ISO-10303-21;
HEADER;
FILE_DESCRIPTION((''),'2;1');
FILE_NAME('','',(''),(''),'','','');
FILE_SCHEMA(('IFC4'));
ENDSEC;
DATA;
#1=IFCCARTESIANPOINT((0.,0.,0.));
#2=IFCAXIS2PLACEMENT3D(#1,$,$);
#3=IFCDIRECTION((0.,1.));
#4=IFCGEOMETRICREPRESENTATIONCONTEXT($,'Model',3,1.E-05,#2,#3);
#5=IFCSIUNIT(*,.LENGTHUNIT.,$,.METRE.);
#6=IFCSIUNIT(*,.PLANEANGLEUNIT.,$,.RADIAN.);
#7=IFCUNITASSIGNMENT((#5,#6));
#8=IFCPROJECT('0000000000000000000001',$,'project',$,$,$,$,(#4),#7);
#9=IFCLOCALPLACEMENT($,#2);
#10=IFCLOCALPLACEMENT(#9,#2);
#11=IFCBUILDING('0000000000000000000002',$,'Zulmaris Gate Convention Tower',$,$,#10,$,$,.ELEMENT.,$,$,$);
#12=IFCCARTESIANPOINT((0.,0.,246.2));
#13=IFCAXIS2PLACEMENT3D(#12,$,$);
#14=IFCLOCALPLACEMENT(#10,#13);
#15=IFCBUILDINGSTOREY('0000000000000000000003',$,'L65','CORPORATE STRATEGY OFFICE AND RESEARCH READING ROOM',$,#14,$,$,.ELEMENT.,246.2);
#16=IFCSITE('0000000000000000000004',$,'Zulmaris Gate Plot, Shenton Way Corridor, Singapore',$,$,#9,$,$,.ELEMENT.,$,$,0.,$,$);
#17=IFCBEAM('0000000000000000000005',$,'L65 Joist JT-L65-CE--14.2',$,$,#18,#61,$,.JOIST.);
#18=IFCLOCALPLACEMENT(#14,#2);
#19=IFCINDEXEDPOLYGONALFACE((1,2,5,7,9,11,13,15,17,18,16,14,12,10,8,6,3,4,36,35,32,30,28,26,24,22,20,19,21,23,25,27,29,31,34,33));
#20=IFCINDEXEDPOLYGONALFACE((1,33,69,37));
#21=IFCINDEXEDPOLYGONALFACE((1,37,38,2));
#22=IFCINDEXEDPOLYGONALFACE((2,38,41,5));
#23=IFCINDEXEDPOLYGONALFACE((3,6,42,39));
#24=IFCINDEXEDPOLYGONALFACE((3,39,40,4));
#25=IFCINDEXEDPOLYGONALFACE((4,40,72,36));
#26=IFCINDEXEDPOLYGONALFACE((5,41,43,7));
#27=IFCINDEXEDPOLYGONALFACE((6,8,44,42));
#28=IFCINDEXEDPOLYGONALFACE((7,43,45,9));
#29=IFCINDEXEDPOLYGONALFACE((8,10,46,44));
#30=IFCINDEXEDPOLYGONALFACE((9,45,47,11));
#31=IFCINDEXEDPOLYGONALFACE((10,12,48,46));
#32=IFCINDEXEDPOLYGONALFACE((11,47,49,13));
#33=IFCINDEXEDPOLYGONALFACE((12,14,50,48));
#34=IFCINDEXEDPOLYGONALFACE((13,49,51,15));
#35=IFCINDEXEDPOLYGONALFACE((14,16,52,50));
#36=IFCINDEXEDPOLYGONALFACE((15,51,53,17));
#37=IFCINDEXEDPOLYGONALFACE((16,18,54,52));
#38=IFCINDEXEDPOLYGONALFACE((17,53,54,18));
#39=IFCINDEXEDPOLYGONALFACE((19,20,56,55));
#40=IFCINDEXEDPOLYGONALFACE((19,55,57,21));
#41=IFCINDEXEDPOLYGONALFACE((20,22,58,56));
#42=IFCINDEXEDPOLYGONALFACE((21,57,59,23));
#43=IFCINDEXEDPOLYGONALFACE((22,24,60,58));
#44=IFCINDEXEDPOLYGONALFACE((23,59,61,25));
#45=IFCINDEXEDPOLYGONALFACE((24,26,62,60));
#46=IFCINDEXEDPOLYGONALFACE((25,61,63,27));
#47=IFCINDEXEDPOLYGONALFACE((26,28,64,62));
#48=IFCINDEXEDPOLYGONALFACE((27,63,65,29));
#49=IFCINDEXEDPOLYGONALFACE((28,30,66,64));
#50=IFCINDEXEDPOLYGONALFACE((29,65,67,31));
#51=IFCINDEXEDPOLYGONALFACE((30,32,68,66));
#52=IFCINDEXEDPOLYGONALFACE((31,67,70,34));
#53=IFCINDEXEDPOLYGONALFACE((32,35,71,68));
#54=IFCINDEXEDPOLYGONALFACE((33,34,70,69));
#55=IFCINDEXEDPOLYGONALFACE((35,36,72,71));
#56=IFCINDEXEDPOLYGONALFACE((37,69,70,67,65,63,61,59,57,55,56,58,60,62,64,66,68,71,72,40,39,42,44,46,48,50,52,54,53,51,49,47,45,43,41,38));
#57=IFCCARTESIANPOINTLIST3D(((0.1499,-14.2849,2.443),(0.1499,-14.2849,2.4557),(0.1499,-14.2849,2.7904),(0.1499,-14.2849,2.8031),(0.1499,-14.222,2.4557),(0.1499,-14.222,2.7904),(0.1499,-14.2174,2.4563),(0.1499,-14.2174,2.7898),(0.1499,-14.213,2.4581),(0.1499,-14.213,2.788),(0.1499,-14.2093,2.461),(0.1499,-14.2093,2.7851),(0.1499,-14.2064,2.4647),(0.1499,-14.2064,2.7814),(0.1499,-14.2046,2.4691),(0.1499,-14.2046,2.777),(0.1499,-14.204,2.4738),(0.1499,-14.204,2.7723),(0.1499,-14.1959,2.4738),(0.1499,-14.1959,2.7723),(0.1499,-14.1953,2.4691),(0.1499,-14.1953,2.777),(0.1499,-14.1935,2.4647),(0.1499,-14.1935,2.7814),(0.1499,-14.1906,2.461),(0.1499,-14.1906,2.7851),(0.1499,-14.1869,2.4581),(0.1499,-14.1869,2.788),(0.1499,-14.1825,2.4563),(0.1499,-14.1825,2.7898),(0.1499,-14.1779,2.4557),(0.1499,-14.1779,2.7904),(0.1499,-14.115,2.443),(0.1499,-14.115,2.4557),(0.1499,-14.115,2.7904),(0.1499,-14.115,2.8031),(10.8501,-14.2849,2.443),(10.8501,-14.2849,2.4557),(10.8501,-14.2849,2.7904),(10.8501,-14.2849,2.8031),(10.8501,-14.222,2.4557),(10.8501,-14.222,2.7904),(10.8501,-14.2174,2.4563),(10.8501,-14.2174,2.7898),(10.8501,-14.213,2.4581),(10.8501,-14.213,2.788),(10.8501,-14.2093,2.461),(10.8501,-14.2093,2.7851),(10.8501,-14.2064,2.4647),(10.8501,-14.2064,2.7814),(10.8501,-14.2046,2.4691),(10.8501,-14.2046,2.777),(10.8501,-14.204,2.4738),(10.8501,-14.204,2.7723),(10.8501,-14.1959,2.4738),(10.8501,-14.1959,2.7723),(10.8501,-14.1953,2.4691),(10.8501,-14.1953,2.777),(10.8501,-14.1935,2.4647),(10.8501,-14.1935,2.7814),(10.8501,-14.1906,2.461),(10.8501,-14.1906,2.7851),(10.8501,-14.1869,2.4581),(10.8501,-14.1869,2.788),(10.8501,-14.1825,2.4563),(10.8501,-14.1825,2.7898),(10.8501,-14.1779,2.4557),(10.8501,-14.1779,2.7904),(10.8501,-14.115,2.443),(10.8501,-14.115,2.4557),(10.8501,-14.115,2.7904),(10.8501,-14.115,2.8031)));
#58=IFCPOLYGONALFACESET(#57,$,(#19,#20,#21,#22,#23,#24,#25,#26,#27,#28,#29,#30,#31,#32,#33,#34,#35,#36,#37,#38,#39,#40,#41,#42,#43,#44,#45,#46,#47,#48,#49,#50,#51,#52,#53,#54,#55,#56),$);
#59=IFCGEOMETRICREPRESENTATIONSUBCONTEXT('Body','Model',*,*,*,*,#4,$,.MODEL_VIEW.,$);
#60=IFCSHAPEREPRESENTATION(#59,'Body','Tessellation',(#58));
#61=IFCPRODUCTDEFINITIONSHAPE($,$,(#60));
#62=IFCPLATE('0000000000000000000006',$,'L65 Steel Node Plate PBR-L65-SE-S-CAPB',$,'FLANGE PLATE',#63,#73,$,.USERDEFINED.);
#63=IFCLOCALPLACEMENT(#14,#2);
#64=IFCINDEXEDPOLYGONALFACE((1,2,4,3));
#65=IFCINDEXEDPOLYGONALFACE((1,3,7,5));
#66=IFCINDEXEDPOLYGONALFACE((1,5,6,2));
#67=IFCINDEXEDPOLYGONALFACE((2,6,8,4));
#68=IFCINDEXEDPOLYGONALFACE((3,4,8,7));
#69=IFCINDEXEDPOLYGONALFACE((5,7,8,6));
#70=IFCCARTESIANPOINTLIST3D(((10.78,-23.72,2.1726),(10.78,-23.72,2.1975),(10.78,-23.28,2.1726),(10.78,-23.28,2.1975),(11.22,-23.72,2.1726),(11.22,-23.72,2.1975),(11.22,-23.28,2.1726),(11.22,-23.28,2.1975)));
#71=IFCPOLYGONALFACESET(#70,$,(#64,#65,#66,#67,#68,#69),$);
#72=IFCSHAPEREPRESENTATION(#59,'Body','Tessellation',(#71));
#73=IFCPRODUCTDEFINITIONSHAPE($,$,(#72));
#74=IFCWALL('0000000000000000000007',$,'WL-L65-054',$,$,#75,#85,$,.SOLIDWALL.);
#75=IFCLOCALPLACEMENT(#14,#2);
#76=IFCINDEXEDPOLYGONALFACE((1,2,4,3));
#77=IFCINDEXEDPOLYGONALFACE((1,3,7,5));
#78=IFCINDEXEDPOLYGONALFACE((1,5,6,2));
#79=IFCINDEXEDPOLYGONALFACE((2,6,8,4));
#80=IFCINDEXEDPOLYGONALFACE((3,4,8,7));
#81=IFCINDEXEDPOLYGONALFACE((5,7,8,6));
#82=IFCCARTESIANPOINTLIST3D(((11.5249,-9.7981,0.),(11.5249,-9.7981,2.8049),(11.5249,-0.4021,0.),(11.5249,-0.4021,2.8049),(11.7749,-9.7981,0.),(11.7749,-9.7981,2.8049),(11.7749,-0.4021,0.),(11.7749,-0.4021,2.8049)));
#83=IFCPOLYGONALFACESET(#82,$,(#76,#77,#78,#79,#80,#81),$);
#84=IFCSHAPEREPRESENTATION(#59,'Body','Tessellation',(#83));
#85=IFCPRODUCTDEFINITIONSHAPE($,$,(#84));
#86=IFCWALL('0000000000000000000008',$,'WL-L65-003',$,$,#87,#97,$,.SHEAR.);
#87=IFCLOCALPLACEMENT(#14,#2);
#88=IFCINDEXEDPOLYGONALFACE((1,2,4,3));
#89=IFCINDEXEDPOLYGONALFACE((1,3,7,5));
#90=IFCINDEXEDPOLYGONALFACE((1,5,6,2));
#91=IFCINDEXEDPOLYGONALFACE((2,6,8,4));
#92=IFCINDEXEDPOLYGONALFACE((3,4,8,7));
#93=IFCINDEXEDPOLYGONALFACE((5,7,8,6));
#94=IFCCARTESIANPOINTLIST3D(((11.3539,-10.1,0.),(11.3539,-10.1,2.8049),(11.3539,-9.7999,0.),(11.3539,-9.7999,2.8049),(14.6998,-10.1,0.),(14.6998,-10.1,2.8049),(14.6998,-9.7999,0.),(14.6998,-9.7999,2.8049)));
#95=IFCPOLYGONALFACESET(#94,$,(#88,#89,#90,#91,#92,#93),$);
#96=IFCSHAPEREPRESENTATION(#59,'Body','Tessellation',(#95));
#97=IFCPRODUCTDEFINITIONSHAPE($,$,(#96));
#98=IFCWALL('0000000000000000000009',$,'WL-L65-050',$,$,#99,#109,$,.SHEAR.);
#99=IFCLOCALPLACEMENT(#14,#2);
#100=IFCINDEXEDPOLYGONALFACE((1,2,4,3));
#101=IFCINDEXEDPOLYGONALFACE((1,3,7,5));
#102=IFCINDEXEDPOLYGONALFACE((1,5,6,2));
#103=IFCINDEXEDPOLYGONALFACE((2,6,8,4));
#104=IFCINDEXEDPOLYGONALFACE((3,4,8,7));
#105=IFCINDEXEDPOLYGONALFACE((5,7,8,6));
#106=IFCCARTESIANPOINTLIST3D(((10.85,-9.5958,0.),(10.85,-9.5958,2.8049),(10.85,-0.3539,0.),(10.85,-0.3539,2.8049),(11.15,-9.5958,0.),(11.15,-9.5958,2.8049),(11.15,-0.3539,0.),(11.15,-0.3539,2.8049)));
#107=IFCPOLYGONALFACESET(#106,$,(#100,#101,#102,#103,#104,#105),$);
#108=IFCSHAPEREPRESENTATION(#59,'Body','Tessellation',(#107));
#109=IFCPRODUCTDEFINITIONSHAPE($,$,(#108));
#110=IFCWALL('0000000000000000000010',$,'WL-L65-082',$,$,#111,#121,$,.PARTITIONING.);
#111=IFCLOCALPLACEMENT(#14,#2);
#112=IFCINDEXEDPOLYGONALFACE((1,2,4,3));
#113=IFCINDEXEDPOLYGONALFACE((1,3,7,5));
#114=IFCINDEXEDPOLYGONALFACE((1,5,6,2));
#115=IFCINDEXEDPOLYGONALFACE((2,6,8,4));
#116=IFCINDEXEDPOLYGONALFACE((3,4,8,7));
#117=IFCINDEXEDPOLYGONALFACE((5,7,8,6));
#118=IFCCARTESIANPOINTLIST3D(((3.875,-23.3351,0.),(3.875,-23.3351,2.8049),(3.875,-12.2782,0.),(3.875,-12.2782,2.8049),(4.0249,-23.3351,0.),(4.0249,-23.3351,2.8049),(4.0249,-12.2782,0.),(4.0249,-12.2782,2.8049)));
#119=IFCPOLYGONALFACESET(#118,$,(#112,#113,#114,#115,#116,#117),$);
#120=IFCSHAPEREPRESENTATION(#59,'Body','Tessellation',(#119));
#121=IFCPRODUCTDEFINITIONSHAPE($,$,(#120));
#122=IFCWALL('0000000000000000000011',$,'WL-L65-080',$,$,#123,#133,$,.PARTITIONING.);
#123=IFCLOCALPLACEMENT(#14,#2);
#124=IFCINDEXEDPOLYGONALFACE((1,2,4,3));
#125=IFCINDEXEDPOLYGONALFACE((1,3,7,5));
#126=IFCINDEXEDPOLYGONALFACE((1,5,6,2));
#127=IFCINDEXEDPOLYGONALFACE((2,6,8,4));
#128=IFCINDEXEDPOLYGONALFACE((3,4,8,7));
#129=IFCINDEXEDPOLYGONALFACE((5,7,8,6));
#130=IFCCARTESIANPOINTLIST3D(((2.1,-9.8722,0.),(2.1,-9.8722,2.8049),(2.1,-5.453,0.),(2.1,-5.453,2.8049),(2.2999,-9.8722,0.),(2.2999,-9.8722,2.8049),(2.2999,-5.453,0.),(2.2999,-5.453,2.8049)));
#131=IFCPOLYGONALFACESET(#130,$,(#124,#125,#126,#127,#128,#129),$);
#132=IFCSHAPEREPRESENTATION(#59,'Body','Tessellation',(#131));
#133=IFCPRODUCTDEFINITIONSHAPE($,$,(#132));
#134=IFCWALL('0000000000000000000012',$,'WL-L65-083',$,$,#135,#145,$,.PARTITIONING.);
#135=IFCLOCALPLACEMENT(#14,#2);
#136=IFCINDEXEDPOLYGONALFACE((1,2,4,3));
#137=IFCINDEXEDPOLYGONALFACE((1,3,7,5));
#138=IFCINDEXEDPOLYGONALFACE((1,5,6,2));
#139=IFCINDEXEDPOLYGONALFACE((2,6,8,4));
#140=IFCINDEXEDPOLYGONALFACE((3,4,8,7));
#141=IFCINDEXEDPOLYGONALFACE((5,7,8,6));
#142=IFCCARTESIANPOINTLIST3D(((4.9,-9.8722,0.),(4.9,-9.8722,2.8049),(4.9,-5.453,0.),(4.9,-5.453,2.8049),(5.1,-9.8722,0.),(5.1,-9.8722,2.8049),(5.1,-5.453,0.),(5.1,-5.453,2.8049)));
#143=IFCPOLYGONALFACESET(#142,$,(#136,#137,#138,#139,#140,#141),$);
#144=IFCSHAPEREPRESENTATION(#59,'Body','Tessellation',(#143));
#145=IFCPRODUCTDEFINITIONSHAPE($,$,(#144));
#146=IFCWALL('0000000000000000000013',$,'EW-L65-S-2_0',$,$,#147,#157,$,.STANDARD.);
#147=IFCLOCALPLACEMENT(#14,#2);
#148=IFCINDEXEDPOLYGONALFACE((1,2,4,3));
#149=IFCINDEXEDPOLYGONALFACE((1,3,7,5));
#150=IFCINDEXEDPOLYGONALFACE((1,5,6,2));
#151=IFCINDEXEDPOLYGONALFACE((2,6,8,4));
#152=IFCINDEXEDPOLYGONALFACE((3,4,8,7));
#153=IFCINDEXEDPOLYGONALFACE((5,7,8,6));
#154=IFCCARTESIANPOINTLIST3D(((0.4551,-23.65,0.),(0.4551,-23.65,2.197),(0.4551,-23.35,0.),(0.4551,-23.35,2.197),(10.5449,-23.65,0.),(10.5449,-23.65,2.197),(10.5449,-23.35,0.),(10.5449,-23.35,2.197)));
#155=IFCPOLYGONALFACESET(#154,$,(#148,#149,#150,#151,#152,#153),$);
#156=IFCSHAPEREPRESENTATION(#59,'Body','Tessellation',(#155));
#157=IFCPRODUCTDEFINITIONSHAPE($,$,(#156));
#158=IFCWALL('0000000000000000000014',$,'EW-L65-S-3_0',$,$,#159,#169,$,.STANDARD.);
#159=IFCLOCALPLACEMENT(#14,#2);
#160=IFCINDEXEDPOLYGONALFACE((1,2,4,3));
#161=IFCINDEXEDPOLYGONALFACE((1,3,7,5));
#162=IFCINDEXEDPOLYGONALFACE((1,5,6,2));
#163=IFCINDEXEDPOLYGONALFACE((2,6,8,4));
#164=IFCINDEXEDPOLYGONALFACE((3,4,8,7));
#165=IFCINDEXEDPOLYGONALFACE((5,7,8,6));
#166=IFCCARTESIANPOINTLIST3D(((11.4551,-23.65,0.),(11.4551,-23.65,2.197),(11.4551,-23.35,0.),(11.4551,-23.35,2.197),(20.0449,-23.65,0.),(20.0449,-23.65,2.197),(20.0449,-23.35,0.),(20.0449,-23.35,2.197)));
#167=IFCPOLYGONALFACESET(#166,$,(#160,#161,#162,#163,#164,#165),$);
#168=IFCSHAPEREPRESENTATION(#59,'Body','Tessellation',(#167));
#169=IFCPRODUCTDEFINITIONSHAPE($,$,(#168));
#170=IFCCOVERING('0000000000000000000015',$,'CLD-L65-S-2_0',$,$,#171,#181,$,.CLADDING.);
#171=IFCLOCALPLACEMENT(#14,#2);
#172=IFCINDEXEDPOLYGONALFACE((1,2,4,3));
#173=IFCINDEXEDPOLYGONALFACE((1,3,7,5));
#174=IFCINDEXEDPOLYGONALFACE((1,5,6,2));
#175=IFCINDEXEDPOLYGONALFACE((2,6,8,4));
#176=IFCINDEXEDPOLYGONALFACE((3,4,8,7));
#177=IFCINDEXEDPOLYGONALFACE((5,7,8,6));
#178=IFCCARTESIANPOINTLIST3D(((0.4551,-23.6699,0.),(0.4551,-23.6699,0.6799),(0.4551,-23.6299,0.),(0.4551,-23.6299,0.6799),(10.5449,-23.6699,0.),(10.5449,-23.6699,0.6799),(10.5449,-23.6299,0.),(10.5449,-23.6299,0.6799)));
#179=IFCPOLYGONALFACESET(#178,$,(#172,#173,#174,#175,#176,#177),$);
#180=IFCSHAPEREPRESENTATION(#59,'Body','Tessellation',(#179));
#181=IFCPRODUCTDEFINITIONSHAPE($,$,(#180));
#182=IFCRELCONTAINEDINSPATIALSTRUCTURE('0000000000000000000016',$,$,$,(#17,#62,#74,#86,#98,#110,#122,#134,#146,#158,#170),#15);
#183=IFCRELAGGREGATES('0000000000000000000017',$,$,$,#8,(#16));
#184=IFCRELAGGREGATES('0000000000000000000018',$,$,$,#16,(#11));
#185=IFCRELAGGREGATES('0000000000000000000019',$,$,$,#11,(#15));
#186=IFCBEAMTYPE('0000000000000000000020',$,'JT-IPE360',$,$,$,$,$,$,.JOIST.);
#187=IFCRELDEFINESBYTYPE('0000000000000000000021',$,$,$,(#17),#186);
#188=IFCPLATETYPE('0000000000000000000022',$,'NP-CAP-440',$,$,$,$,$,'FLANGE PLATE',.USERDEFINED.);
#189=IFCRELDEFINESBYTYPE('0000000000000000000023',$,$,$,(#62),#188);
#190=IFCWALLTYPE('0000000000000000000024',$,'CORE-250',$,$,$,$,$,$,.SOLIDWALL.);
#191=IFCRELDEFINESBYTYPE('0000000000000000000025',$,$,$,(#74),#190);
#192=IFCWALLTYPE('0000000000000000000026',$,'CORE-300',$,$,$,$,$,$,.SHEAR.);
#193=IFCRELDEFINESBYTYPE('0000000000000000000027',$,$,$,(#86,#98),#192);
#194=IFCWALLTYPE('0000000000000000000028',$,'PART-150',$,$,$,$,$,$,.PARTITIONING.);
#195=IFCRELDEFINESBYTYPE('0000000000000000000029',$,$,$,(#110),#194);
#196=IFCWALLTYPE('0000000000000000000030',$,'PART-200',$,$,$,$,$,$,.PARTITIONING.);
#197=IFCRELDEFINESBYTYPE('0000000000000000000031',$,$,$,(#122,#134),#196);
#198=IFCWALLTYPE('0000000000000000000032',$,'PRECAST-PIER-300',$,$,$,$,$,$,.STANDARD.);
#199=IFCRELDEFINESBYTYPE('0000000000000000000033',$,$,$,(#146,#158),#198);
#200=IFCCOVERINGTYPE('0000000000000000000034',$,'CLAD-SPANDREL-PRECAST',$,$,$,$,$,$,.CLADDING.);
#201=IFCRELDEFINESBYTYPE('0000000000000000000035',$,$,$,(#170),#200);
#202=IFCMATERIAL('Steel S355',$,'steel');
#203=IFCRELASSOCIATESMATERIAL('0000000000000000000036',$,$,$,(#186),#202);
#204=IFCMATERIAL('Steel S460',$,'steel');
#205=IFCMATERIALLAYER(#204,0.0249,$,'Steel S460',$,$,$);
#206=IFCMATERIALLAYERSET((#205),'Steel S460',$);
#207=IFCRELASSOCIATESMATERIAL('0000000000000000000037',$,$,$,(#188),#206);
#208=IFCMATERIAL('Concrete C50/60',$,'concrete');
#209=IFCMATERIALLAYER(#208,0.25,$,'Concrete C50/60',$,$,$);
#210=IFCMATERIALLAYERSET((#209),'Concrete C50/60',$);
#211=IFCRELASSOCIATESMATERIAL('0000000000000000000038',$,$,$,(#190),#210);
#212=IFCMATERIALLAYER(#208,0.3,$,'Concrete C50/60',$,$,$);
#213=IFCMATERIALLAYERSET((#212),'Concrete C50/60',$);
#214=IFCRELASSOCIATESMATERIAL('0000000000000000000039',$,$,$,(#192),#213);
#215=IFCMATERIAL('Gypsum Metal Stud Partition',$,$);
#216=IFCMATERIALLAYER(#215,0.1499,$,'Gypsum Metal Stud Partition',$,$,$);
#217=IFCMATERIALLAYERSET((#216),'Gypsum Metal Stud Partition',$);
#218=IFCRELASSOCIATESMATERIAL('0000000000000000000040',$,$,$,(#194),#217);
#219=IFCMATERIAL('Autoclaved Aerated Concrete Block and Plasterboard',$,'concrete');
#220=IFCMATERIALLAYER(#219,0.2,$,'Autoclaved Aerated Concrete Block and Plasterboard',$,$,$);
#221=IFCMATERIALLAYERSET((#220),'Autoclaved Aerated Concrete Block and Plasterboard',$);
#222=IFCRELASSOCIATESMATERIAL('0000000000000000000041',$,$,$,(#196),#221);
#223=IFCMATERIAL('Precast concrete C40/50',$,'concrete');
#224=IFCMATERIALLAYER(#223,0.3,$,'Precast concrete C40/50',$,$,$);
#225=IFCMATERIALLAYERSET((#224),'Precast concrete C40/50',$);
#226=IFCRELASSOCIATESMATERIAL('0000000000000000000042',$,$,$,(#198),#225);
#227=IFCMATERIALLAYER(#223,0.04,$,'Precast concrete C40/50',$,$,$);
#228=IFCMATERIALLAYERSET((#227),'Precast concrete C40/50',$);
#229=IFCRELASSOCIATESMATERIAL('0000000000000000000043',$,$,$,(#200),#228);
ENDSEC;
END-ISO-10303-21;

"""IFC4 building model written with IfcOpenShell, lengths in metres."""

from ifc_helpers import new_model, si_unit, direction, frame, frame_2d, origin, origin_2d, place, context, subcontext, project, spatial, rectangle, i_section, extrude, material, layer, layer_set, material_profile, profile_set, type_object, element, save


model = new_model("IFC4")

# Units and contexts
model_context = context("Model", 3, precision=1e-05, world=origin(), true_north=direction((0.0, 1.0)))
body_context = subcontext(model_context, "Body", "Model", "MODEL_VIEW")
ifc_project = project(units=[si_unit("LENGTHUNIT", "METRE"), si_unit("PLANEANGLEUNIT", "RADIAN")], contexts=[model_context])

# Site, building, storey
site_placement = place(None, origin())
site = spatial("IfcSite", under=ifc_project, at=site_placement, Name="Zulmaris Gate Plot, Shenton Way Corridor, Singapore", CompositionType="ELEMENT", RefElevation=0.0)
building_placement = place(site_placement, origin())
building = spatial("IfcBuilding", under=site, at=building_placement, Name="Zulmaris Gate Convention Tower", CompositionType="ELEMENT")
storey_placement = place(building_placement, frame((0.0, 0.0, 246.2)))
storey = spatial("IfcBuildingStorey", under=building, at=storey_placement, Name="L65", Description="CORPORATE STRATEGY OFFICE AND RESEARCH READING ROOM", CompositionType="ELEMENT", Elevation=246.2)

# Shared definitions
ifc_material_1 = material(Name="Concrete C50/60", Category="concrete")

# Beam
ifc_material_2 = material(Name="Steel S355", Category="steel")
ifc_material_profile_1 = material_profile(ifc_material_2, i_section(OverallWidth=0.1699, OverallDepth=0.3601, WebThickness=0.0081, FlangeThickness=0.0127, FilletRadius=0.0181, at=origin_2d()), Name="IPE 360")
ifc_profile_set_1 = profile_set([ifc_material_profile_1], Name="Steel S355")
beam_type_1 = type_object("IfcBeamType", Name="JT-IPE360", PredefinedType="JOIST", material=ifc_profile_set_1)
for number, where, z_axis, x_axis, name in (
    (1, (0.1499, -14.2, 2.623), (1.0, 0.0, 0.0), (0.0, 1.0, 0.0), "L65 Joist JT-L65-CE--14.2"),
):
    element("IfcBeam", number, at=place(storey_placement, frame(where, z_axis=z_axis, x_axis=x_axis)), inside=storey, type_object=beam_type_1, Name=name, PredefinedType="JOIST", context=body_context, shape_type="SweptSolid", body=[
        extrude(i_section(OverallWidth=0.1699, OverallDepth=0.3601, WebThickness=0.0081, FlangeThickness=0.0127, FilletRadius=0.0181, at=origin_2d()), origin(), (0.0, 0.0, 1.0), 10.7002),
    ])

# Plate
ifc_material_3 = material(Name="Steel S460", Category="steel")
ifc_layer_1 = layer(ifc_material_3, 0.0249, Name="Steel S460")
ifc_layer_set_1 = layer_set([ifc_layer_1], Name="Steel S460")
plate_type = type_object("IfcPlateType", Name="NP-CAP-440", ElementType="FLANGE PLATE", PredefinedType="USERDEFINED", material=ifc_layer_set_1)
plate_placement = place(storey_placement, frame((11.0, -23.5, 2.1726), z_axis=(0.0, 0.0, 1.0), x_axis=(1.0, 0.0, 0.0)))
element("IfcPlate", 2, at=plate_placement, inside=storey, type_object=plate_type, Name="L65 Steel Node Plate PBR-L65-SE-S-CAPB", ObjectType="FLANGE PLATE", PredefinedType="USERDEFINED", context=body_context, shape_type="SweptSolid", body=[
    extrude(rectangle(XDim=0.4399, YDim=0.4399, at=origin_2d()), origin(), (0.0, 0.0, 1.0), 0.0249),
])

# Walls
ifc_layer_2 = layer(ifc_material_1, 0.25, Name="Concrete C50/60")
ifc_layer_set_2 = layer_set([ifc_layer_2], Name="Concrete C50/60")
wall_type_1 = type_object("IfcWallType", Name="CORE-250", PredefinedType="SOLIDWALL", material=ifc_layer_set_2)
wall_1_placement = place(storey_placement, frame((11.6499, -9.7981, 0.0), z_axis=(0.0, 0.0, 1.0), x_axis=(0.0, 1.0, 0.0)))
element("IfcWall", 3, at=wall_1_placement, inside=storey, type_object=wall_type_1, Name="WL-L65-054", PredefinedType="SOLIDWALL", context=body_context, shape_type="SweptSolid", body=[
    extrude(rectangle(XDim=9.396, YDim=0.25, at=frame_2d((4.698, 0.0))), origin(), (0.0, 0.0, 1.0), 2.8049),
])
ifc_layer_3 = layer(ifc_material_1, 0.3, Name="Concrete C50/60")
ifc_layer_set_3 = layer_set([ifc_layer_3], Name="Concrete C50/60")
wall_type_2 = type_object("IfcWallType", Name="CORE-300", PredefinedType="SHEAR", material=ifc_layer_set_3)
wall_2_placement = place(storey_placement, frame((11.354, -9.95, 0.0), z_axis=(0.0, 0.0, 1.0), x_axis=(1.0, 0.0, 0.0)))
element("IfcWall", 4, at=wall_2_placement, inside=storey, type_object=wall_type_2, Name="WL-L65-003", PredefinedType="SHEAR", context=body_context, shape_type="SweptSolid", body=[
    extrude(rectangle(XDim=3.3459, YDim=0.3, at=frame_2d((1.6729, 0.0))), origin(), (0.0, 0.0, 1.0), 2.8049),
])
wall_3_placement = place(storey_placement, frame((11.0, -9.5959, 0.0), z_axis=(0.0, 0.0, 1.0), x_axis=(0.0, 1.0, 0.0)))
element("IfcWall", 5, at=wall_3_placement, inside=storey, type_object=wall_type_2, Name="WL-L65-050", PredefinedType="SHEAR", context=body_context, shape_type="SweptSolid", body=[
    extrude(rectangle(XDim=9.2419, YDim=0.3, at=frame_2d((4.6211, 0.0))), origin(), (0.0, 0.0, 1.0), 2.8049),
])
ifc_material_4 = material(Name="Gypsum Metal Stud Partition")
ifc_layer_4 = layer(ifc_material_4, 0.1499, Name="Gypsum Metal Stud Partition")
ifc_layer_set_4 = layer_set([ifc_layer_4], Name="Gypsum Metal Stud Partition")
wall_type_3 = type_object("IfcWallType", Name="PART-150", PredefinedType="PARTITIONING", material=ifc_layer_set_4)
wall_4_placement = place(storey_placement, frame((3.95, -23.335, 0.0), z_axis=(0.0, 0.0, 1.0), x_axis=(0.0, 1.0, 0.0)))
element("IfcWall", 6, at=wall_4_placement, inside=storey, type_object=wall_type_3, Name="WL-L65-082", PredefinedType="PARTITIONING", context=body_context, shape_type="SweptSolid", body=[
    extrude(rectangle(XDim=11.0569, YDim=0.1499, at=frame_2d((5.5283, 0.0))), origin(), (0.0, 0.0, 1.0), 2.8049),
])
ifc_material_5 = material(Name="Autoclaved Aerated Concrete Block and Plasterboard", Category="concrete")
ifc_layer_5 = layer(ifc_material_5, 0.2, Name="Autoclaved Aerated Concrete Block and Plasterboard")
ifc_layer_set_5 = layer_set([ifc_layer_5], Name="Autoclaved Aerated Concrete Block and Plasterboard")
wall_type_4 = type_object("IfcWallType", Name="PART-200", PredefinedType="PARTITIONING", material=ifc_layer_set_5)
for number, where, z_axis, x_axis, name in (
    (7, (2.2, -9.8721, 0.0), (0.0, 0.0, 1.0), (0.0, 1.0, 0.0), "WL-L65-080"),
    (8, (5.0, -9.8721, 0.0), (0.0, 0.0, 1.0), (0.0, 1.0, 0.0), "WL-L65-083"),
):
    element("IfcWall", number, at=place(storey_placement, frame(where, z_axis=z_axis, x_axis=x_axis)), inside=storey, type_object=wall_type_4, Name=name, PredefinedType="PARTITIONING", context=body_context, shape_type="SweptSolid", body=[
        extrude(rectangle(XDim=4.4192, YDim=0.2, at=frame_2d((2.2095, 0.0))), origin(), (0.0, 0.0, 1.0), 2.8049),
    ])
ifc_material_6 = material(Name="Precast concrete C40/50", Category="concrete")
ifc_layer_6 = layer(ifc_material_6, 0.3, Name="Precast concrete C40/50")
ifc_layer_set_6 = layer_set([ifc_layer_6], Name="Precast concrete C40/50")
wall_type_5 = type_object("IfcWallType", Name="PRECAST-PIER-300", PredefinedType="STANDARD", material=ifc_layer_set_6)
wall_5_placement = place(storey_placement, frame((0.4551, -23.5, 0.0), z_axis=(0.0, 0.0, 1.0), x_axis=(1.0, 0.0, 0.0)))
element("IfcWall", 9, at=wall_5_placement, inside=storey, type_object=wall_type_5, Name="EW-L65-S-2_0", PredefinedType="STANDARD", context=body_context, shape_type="SweptSolid", body=[
    extrude(rectangle(XDim=10.0898, YDim=0.3, at=frame_2d((5.0449, 0.0))), origin(), (0.0, 0.0, 1.0), 2.197),
])
wall_6_placement = place(storey_placement, frame((11.4551, -23.5, 0.0), z_axis=(0.0, 0.0, 1.0), x_axis=(1.0, 0.0, 0.0)))
element("IfcWall", 10, at=wall_6_placement, inside=storey, type_object=wall_type_5, Name="EW-L65-S-3_0", PredefinedType="STANDARD", context=body_context, shape_type="SweptSolid", body=[
    extrude(rectangle(XDim=8.5898, YDim=0.3, at=frame_2d((4.2949, 0.0))), origin(), (0.0, 0.0, 1.0), 2.197),
])

# Covering
ifc_layer_7 = layer(ifc_material_6, 0.04, Name="Precast concrete C40/50")
ifc_layer_set_7 = layer_set([ifc_layer_7], Name="Precast concrete C40/50")
covering_type = type_object("IfcCoveringType", Name="CLAD-SPANDREL-PRECAST", PredefinedType="CLADDING", material=ifc_layer_set_7)
covering_1_placement = place(storey_placement, frame((0.4551, -23.6499, 0.0), z_axis=(0.0, 0.0, 1.0), x_axis=(1.0, 0.0, 0.0)))
element("IfcCovering", 11, at=covering_1_placement, inside=storey, type_object=covering_type, Name="CLD-L65-S-2_0", PredefinedType="CLADDING", context=body_context, shape_type="SweptSolid", body=[
    extrude(rectangle(XDim=10.0898, YDim=0.04, at=frame_2d((5.0449, 0.0))), origin(), (0.0, 0.0, 1.0), 0.6799),
])

save(model, "model.ifc")
